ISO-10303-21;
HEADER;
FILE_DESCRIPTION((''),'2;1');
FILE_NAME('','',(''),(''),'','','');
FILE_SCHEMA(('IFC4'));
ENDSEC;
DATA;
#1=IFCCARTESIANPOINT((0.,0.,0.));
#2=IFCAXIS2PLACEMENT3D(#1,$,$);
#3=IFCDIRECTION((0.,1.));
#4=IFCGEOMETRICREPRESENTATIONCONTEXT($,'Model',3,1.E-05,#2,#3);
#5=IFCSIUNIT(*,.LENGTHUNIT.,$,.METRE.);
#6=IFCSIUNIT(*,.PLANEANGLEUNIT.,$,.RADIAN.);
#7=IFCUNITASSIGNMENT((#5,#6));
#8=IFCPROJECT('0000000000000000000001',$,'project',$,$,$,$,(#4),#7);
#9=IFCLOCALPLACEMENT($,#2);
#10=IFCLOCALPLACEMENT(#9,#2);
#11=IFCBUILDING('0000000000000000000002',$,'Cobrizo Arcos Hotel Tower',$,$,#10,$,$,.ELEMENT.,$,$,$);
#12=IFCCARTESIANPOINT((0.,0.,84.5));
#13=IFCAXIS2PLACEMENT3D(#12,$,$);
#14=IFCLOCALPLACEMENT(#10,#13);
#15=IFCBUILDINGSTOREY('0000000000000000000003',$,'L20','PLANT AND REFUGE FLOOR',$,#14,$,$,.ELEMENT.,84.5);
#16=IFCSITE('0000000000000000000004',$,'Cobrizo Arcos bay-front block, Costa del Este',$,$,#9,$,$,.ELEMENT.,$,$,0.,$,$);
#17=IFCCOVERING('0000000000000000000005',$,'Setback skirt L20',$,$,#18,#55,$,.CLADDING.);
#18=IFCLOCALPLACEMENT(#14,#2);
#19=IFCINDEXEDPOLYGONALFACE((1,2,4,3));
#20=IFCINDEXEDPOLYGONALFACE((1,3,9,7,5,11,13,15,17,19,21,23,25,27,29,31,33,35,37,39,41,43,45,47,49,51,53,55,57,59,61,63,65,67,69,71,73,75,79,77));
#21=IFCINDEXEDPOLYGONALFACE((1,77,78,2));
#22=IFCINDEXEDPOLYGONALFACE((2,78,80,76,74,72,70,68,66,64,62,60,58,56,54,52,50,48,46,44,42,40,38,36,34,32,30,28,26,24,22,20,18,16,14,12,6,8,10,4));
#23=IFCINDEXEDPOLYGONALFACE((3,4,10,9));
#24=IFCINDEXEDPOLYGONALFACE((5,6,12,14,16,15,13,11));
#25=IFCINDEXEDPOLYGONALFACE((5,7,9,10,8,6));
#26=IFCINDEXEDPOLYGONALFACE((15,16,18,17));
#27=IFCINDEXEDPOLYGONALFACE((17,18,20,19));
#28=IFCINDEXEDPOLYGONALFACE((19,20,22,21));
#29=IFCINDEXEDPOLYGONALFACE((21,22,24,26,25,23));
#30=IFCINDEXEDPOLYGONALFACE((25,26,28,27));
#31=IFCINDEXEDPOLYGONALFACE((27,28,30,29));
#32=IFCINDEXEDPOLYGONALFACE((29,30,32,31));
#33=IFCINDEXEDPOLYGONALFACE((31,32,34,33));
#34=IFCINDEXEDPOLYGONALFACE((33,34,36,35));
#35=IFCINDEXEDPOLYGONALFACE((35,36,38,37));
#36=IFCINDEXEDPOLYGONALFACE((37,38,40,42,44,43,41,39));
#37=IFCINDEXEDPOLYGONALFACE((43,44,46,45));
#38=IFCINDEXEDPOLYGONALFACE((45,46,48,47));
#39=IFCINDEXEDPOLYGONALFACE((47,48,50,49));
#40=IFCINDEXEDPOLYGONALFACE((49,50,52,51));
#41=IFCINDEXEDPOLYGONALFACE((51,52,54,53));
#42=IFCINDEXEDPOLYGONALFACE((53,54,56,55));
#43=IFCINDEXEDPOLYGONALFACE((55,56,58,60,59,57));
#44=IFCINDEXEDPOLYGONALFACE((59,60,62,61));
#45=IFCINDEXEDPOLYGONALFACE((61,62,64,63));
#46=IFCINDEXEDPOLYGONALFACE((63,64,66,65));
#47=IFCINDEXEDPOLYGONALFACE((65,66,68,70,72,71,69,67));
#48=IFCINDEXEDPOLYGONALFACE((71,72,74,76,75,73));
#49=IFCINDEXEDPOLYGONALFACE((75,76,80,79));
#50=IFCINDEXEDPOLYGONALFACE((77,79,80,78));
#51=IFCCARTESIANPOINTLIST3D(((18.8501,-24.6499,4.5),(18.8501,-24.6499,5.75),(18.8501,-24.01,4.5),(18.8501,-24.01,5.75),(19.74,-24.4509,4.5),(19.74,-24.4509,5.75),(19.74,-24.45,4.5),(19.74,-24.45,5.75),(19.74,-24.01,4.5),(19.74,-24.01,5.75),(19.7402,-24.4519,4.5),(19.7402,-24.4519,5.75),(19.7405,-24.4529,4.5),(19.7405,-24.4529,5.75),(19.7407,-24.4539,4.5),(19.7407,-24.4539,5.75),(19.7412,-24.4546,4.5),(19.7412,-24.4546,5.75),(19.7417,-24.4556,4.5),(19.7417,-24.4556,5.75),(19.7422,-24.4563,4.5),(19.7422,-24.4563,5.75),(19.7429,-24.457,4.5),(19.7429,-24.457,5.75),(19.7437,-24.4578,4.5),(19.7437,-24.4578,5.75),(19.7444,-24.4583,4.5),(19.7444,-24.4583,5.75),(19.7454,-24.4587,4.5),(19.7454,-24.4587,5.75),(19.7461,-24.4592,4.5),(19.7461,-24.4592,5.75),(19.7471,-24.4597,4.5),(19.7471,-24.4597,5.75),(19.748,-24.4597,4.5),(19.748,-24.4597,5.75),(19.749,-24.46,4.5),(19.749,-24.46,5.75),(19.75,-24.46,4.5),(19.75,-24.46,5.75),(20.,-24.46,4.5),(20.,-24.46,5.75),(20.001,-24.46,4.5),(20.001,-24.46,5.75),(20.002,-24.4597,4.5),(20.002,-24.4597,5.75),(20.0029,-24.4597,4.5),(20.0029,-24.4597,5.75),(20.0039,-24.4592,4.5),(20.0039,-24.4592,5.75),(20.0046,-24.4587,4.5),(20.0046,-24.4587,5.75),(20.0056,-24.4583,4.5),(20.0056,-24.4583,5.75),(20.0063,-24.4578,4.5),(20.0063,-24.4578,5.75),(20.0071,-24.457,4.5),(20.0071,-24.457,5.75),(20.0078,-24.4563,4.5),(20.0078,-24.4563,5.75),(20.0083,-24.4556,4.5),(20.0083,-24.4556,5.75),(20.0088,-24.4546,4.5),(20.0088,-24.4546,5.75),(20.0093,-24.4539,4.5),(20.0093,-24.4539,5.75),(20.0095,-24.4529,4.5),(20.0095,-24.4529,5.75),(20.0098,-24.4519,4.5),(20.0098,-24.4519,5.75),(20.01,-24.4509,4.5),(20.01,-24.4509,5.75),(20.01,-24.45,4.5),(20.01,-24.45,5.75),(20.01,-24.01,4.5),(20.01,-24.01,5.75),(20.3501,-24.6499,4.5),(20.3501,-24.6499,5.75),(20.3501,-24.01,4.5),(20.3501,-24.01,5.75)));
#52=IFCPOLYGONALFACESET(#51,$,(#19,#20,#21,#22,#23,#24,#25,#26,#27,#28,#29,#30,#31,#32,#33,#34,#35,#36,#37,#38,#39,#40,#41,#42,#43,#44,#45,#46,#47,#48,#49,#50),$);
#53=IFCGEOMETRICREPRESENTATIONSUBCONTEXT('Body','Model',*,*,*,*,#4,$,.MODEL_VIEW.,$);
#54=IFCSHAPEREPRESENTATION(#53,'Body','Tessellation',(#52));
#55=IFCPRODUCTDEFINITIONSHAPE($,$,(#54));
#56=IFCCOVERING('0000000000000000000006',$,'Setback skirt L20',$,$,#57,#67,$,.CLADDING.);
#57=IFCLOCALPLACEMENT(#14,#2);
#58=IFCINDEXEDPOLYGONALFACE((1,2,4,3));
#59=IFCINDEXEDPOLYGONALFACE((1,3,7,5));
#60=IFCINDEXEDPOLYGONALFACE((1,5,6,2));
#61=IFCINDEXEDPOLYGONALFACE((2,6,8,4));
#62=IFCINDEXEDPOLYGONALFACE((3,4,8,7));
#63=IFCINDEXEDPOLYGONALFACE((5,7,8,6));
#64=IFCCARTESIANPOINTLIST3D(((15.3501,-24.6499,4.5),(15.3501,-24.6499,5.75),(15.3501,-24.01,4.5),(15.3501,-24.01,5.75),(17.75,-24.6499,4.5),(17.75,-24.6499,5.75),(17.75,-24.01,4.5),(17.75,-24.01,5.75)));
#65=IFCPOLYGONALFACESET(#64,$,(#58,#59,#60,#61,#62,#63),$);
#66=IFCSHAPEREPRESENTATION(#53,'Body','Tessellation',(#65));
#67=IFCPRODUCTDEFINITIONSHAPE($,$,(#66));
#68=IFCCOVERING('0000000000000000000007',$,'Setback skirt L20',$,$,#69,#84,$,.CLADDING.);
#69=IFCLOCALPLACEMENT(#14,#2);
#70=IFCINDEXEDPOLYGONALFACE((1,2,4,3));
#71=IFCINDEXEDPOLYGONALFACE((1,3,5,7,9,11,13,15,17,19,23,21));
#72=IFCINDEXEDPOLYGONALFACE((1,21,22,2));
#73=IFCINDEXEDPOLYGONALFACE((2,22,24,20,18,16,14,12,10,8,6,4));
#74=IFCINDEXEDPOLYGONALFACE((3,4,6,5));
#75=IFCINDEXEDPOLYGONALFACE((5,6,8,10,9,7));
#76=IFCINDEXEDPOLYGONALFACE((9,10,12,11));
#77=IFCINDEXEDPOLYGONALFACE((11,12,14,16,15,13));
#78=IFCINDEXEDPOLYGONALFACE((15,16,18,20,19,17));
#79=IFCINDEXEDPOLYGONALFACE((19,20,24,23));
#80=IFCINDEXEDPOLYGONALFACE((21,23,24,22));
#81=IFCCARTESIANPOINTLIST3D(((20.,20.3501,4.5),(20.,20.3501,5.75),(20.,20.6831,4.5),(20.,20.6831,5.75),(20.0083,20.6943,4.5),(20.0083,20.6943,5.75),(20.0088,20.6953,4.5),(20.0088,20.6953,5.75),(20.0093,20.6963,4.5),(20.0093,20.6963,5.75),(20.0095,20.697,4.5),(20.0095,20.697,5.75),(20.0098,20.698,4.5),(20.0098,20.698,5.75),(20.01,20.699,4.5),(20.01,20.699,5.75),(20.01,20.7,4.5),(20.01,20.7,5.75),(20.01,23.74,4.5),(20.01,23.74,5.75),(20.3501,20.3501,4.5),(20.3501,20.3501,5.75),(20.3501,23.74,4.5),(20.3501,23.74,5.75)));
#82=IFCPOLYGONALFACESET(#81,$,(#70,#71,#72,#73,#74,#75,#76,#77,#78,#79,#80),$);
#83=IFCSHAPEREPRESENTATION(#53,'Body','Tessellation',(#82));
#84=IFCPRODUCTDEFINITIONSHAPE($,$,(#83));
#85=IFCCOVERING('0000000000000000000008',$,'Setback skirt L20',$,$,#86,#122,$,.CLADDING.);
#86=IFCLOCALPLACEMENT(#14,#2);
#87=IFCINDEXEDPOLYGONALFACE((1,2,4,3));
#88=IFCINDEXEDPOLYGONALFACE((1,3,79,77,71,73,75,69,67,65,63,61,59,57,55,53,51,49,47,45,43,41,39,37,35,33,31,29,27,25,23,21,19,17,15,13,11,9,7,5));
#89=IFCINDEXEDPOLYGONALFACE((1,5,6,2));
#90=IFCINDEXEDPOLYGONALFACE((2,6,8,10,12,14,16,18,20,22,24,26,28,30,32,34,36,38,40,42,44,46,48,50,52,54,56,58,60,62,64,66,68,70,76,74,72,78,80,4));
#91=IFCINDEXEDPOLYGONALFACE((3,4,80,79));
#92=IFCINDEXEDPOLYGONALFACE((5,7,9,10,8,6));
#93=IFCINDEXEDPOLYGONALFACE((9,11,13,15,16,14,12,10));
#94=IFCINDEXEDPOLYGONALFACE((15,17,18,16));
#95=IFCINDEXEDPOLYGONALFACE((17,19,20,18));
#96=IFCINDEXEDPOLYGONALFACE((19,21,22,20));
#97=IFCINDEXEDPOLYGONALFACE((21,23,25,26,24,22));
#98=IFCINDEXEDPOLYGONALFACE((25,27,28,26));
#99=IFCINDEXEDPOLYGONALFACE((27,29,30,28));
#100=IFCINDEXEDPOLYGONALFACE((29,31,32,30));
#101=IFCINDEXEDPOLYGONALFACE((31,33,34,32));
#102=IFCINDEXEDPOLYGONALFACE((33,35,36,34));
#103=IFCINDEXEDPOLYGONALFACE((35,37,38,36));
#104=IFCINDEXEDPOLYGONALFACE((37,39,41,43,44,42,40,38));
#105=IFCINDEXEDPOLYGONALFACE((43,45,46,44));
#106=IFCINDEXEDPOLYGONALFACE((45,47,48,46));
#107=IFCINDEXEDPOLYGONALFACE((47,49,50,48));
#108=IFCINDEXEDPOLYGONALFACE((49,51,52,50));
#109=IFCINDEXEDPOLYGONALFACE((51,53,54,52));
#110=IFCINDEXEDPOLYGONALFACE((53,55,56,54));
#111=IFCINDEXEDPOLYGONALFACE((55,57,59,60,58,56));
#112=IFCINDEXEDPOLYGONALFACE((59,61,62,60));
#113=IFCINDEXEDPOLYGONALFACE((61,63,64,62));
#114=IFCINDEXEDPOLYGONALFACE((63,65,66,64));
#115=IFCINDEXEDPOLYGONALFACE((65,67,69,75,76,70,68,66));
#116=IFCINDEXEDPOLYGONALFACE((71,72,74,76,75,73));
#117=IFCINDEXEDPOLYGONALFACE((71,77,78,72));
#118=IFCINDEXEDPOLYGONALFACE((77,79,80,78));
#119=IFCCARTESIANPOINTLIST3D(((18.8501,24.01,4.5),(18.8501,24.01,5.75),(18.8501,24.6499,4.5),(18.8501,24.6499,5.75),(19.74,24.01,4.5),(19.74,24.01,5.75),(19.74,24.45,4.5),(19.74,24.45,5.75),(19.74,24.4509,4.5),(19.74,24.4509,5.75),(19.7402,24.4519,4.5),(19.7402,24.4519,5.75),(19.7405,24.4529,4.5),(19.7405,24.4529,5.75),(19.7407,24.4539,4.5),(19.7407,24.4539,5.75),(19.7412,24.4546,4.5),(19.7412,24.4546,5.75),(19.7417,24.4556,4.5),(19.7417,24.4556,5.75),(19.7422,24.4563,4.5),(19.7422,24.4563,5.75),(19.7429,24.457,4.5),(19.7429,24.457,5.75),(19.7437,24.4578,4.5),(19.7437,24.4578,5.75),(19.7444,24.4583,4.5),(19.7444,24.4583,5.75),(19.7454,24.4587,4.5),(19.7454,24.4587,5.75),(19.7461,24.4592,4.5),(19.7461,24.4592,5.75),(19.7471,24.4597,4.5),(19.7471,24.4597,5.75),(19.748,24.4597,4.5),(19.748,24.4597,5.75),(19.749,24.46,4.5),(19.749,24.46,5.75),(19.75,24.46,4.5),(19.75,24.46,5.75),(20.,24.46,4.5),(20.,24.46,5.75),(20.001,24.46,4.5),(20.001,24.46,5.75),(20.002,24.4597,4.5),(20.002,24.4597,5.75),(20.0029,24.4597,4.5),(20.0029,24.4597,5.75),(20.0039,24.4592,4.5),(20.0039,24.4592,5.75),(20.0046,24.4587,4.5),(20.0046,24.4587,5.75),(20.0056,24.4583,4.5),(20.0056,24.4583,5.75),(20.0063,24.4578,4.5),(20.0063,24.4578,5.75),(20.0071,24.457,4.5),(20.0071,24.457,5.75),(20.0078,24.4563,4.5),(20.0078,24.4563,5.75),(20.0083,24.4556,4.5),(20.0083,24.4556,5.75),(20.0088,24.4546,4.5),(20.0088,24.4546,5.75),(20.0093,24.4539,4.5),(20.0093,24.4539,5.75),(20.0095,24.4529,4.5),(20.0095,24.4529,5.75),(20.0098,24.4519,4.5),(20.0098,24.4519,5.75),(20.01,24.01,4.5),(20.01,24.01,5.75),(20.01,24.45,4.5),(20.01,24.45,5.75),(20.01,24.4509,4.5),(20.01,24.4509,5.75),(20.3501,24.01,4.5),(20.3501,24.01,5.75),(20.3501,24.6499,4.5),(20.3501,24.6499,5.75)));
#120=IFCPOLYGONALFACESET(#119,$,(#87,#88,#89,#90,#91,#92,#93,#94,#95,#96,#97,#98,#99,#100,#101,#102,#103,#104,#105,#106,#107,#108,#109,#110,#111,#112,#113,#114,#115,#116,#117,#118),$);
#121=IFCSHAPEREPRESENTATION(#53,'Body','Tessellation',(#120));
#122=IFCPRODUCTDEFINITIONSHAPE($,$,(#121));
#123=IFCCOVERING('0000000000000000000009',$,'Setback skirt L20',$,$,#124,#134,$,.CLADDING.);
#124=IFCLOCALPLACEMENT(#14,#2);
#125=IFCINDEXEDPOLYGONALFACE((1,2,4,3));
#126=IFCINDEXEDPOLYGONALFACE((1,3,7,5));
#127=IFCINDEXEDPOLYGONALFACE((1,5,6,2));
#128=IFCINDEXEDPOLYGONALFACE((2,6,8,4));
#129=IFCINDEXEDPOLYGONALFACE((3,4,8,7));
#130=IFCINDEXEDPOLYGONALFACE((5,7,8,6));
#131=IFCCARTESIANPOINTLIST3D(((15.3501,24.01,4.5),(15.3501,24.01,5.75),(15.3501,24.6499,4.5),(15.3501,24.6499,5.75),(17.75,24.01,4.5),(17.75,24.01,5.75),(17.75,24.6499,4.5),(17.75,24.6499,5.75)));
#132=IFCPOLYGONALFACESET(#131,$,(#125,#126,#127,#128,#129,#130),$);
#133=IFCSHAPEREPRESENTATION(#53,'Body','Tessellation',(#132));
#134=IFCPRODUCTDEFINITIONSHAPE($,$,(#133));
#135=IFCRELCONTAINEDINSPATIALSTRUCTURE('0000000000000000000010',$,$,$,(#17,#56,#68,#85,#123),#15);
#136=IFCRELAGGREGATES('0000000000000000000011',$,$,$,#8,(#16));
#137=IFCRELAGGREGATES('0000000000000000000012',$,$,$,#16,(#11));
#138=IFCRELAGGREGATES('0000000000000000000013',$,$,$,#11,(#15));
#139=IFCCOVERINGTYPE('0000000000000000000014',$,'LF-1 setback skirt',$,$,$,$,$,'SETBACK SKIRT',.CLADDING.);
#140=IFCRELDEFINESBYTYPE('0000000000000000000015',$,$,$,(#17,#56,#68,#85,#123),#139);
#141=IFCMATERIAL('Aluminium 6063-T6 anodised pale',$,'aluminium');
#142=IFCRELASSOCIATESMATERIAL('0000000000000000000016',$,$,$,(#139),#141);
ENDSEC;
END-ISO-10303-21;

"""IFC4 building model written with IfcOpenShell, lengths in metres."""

from ifc_helpers import new_model, si_unit, direction, frame, origin, place, context, subcontext, project, spatial, polyline, outline, extrude, material, type_object, element, save


model = new_model("IFC4")

# Units and contexts
model_context = context("Model", 3, precision=1e-05, world=origin(), true_north=direction((0.0, 1.0)))
body_context = subcontext(model_context, "Body", "Model", "MODEL_VIEW")
ifc_project = project(units=[si_unit("LENGTHUNIT", "METRE"), si_unit("PLANEANGLEUNIT", "RADIAN")], contexts=[model_context])

# Site, building, storey
site_placement = place(None, origin())
site = spatial("IfcSite", under=ifc_project, at=site_placement, Name="Cobrizo Arcos bay-front block, Costa del Este", CompositionType="ELEMENT", RefElevation=0.0)
building_placement = place(site_placement, origin())
building = spatial("IfcBuilding", under=site, at=building_placement, Name="Cobrizo Arcos Hotel Tower", CompositionType="ELEMENT")
storey_placement = place(building_placement, frame((0.0, 0.0, 84.5)))
storey = spatial("IfcBuildingStorey", under=building, at=storey_placement, Name="L20", Description="PLANT AND REFUGE FLOOR", CompositionType="ELEMENT", Elevation=84.5)

# Coverings
ifc_material = material(Name="Aluminium 6063-T6 anodised pale", Category="aluminium")
covering_type = type_object("IfcCoveringType", Name="LF-1 setback skirt", ElementType="SETBACK SKIRT", PredefinedType="CLADDING", material=ifc_material)
covering_1_placement = place(storey_placement, frame((0.0, 0.0, 4.5)))
element("IfcCovering", 1, at=covering_1_placement, inside=storey, type_object=covering_type, Name="Setback skirt L20", PredefinedType="CLADDING", context=body_context, shape_type="SweptSolid", body=[
    extrude(outline(polyline([(18.8501, -24.01), (18.8501, -24.6499), (20.3501, -24.6499), (20.3501, -24.01), (20.01, -24.01), (20.01, -24.45), (20.01, -24.4509), (20.0098, -24.4519), (20.0095, -24.4529), (20.0093, -24.4539), (20.0088, -24.4546), (20.0083, -24.4556), (20.0078, -24.4563), (20.0071, -24.457), (20.0063, -24.4578), (20.0056, -24.4583), (20.0046, -24.4587), (20.0039, -24.4592), (20.0029, -24.4597), (20.002, -24.4597), (20.001, -24.46), (20.0, -24.46), (19.75, -24.46), (19.749, -24.46), (19.748, -24.4597), (19.7471, -24.4597), (19.7461, -24.4592), (19.7454, -24.4587), (19.7444, -24.4583), (19.7437, -24.4578), (19.7429, -24.457), (19.7422, -24.4563), (19.7417, -24.4556), (19.7412, -24.4546), (19.7407, -24.4539), (19.7405, -24.4529), (19.7402, -24.4519), (19.74, -24.4509), (19.74, -24.45), (19.74, -24.01), (18.8501, -24.01)])), origin(), (0.0, 0.0, 1.0), 1.25),
])
covering_2_placement = place(storey_placement, frame((0.0, 0.0, 4.5)))
element("IfcCovering", 2, at=covering_2_placement, inside=storey, type_object=covering_type, Name="Setback skirt L20", PredefinedType="CLADDING", context=body_context, shape_type="SweptSolid", body=[
    extrude(outline(polyline([(17.75, -24.01), (15.3501, -24.01), (15.3501, -24.6499), (17.75, -24.6499), (17.75, -24.01)])), origin(), (0.0, 0.0, 1.0), 1.25),
])
covering_3_placement = place(storey_placement, frame((0.0, 0.0, 4.5)))
element("IfcCovering", 3, at=covering_3_placement, inside=storey, type_object=covering_type, Name="Setback skirt L20", PredefinedType="CLADDING", context=body_context, shape_type="SweptSolid", body=[
    extrude(outline(polyline([(20.0083, 20.6943), (20.0, 20.6831), (20.0, 20.3501), (20.3501, 20.3501), (20.3501, 23.74), (20.01, 23.74), (20.01, 20.7), (20.01, 20.699), (20.0098, 20.698), (20.0095, 20.697), (20.0093, 20.6963), (20.0088, 20.6953), (20.0083, 20.6943)])), origin(), (0.0, 0.0, 1.0), 1.25),
])
covering_4_placement = place(storey_placement, frame((0.0, 0.0, 4.5)))
element("IfcCovering", 4, at=covering_4_placement, inside=storey, type_object=covering_type, Name="Setback skirt L20", PredefinedType="CLADDING", context=body_context, shape_type="SweptSolid", body=[
    extrude(outline(polyline([(20.01, 24.01), (20.3501, 24.01), (20.3501, 24.6499), (18.8501, 24.6499), (18.8501, 24.01), (19.74, 24.01), (19.74, 24.45), (19.74, 24.4509), (19.7402, 24.4519), (19.7405, 24.4529), (19.7407, 24.4539), (19.7412, 24.4546), (19.7417, 24.4556), (19.7422, 24.4563), (19.7429, 24.457), (19.7437, 24.4578), (19.7444, 24.4583), (19.7454, 24.4587), (19.7461, 24.4592), (19.7471, 24.4597), (19.748, 24.4597), (19.749, 24.46), (19.75, 24.46), (20.0, 24.46), (20.001, 24.46), (20.002, 24.4597), (20.0029, 24.4597), (20.0039, 24.4592), (20.0046, 24.4587), (20.0056, 24.4583), (20.0063, 24.4578), (20.0071, 24.457), (20.0078, 24.4563), (20.0083, 24.4556), (20.0088, 24.4546), (20.0093, 24.4539), (20.0095, 24.4529), (20.0098, 24.4519), (20.01, 24.4509), (20.01, 24.45), (20.01, 24.01)])), origin(), (0.0, 0.0, 1.0), 1.25),
])
covering_5_placement = place(storey_placement, frame((0.0, 0.0, 4.5)))
element("IfcCovering", 5, at=covering_5_placement, inside=storey, type_object=covering_type, Name="Setback skirt L20", PredefinedType="CLADDING", context=body_context, shape_type="SweptSolid", body=[
    extrude(outline(polyline([(17.75, 24.01), (17.75, 24.6499), (15.3501, 24.6499), (15.3501, 24.01), (17.75, 24.01)])), origin(), (0.0, 0.0, 1.0), 1.25),
])

save(model, "model.ifc")
